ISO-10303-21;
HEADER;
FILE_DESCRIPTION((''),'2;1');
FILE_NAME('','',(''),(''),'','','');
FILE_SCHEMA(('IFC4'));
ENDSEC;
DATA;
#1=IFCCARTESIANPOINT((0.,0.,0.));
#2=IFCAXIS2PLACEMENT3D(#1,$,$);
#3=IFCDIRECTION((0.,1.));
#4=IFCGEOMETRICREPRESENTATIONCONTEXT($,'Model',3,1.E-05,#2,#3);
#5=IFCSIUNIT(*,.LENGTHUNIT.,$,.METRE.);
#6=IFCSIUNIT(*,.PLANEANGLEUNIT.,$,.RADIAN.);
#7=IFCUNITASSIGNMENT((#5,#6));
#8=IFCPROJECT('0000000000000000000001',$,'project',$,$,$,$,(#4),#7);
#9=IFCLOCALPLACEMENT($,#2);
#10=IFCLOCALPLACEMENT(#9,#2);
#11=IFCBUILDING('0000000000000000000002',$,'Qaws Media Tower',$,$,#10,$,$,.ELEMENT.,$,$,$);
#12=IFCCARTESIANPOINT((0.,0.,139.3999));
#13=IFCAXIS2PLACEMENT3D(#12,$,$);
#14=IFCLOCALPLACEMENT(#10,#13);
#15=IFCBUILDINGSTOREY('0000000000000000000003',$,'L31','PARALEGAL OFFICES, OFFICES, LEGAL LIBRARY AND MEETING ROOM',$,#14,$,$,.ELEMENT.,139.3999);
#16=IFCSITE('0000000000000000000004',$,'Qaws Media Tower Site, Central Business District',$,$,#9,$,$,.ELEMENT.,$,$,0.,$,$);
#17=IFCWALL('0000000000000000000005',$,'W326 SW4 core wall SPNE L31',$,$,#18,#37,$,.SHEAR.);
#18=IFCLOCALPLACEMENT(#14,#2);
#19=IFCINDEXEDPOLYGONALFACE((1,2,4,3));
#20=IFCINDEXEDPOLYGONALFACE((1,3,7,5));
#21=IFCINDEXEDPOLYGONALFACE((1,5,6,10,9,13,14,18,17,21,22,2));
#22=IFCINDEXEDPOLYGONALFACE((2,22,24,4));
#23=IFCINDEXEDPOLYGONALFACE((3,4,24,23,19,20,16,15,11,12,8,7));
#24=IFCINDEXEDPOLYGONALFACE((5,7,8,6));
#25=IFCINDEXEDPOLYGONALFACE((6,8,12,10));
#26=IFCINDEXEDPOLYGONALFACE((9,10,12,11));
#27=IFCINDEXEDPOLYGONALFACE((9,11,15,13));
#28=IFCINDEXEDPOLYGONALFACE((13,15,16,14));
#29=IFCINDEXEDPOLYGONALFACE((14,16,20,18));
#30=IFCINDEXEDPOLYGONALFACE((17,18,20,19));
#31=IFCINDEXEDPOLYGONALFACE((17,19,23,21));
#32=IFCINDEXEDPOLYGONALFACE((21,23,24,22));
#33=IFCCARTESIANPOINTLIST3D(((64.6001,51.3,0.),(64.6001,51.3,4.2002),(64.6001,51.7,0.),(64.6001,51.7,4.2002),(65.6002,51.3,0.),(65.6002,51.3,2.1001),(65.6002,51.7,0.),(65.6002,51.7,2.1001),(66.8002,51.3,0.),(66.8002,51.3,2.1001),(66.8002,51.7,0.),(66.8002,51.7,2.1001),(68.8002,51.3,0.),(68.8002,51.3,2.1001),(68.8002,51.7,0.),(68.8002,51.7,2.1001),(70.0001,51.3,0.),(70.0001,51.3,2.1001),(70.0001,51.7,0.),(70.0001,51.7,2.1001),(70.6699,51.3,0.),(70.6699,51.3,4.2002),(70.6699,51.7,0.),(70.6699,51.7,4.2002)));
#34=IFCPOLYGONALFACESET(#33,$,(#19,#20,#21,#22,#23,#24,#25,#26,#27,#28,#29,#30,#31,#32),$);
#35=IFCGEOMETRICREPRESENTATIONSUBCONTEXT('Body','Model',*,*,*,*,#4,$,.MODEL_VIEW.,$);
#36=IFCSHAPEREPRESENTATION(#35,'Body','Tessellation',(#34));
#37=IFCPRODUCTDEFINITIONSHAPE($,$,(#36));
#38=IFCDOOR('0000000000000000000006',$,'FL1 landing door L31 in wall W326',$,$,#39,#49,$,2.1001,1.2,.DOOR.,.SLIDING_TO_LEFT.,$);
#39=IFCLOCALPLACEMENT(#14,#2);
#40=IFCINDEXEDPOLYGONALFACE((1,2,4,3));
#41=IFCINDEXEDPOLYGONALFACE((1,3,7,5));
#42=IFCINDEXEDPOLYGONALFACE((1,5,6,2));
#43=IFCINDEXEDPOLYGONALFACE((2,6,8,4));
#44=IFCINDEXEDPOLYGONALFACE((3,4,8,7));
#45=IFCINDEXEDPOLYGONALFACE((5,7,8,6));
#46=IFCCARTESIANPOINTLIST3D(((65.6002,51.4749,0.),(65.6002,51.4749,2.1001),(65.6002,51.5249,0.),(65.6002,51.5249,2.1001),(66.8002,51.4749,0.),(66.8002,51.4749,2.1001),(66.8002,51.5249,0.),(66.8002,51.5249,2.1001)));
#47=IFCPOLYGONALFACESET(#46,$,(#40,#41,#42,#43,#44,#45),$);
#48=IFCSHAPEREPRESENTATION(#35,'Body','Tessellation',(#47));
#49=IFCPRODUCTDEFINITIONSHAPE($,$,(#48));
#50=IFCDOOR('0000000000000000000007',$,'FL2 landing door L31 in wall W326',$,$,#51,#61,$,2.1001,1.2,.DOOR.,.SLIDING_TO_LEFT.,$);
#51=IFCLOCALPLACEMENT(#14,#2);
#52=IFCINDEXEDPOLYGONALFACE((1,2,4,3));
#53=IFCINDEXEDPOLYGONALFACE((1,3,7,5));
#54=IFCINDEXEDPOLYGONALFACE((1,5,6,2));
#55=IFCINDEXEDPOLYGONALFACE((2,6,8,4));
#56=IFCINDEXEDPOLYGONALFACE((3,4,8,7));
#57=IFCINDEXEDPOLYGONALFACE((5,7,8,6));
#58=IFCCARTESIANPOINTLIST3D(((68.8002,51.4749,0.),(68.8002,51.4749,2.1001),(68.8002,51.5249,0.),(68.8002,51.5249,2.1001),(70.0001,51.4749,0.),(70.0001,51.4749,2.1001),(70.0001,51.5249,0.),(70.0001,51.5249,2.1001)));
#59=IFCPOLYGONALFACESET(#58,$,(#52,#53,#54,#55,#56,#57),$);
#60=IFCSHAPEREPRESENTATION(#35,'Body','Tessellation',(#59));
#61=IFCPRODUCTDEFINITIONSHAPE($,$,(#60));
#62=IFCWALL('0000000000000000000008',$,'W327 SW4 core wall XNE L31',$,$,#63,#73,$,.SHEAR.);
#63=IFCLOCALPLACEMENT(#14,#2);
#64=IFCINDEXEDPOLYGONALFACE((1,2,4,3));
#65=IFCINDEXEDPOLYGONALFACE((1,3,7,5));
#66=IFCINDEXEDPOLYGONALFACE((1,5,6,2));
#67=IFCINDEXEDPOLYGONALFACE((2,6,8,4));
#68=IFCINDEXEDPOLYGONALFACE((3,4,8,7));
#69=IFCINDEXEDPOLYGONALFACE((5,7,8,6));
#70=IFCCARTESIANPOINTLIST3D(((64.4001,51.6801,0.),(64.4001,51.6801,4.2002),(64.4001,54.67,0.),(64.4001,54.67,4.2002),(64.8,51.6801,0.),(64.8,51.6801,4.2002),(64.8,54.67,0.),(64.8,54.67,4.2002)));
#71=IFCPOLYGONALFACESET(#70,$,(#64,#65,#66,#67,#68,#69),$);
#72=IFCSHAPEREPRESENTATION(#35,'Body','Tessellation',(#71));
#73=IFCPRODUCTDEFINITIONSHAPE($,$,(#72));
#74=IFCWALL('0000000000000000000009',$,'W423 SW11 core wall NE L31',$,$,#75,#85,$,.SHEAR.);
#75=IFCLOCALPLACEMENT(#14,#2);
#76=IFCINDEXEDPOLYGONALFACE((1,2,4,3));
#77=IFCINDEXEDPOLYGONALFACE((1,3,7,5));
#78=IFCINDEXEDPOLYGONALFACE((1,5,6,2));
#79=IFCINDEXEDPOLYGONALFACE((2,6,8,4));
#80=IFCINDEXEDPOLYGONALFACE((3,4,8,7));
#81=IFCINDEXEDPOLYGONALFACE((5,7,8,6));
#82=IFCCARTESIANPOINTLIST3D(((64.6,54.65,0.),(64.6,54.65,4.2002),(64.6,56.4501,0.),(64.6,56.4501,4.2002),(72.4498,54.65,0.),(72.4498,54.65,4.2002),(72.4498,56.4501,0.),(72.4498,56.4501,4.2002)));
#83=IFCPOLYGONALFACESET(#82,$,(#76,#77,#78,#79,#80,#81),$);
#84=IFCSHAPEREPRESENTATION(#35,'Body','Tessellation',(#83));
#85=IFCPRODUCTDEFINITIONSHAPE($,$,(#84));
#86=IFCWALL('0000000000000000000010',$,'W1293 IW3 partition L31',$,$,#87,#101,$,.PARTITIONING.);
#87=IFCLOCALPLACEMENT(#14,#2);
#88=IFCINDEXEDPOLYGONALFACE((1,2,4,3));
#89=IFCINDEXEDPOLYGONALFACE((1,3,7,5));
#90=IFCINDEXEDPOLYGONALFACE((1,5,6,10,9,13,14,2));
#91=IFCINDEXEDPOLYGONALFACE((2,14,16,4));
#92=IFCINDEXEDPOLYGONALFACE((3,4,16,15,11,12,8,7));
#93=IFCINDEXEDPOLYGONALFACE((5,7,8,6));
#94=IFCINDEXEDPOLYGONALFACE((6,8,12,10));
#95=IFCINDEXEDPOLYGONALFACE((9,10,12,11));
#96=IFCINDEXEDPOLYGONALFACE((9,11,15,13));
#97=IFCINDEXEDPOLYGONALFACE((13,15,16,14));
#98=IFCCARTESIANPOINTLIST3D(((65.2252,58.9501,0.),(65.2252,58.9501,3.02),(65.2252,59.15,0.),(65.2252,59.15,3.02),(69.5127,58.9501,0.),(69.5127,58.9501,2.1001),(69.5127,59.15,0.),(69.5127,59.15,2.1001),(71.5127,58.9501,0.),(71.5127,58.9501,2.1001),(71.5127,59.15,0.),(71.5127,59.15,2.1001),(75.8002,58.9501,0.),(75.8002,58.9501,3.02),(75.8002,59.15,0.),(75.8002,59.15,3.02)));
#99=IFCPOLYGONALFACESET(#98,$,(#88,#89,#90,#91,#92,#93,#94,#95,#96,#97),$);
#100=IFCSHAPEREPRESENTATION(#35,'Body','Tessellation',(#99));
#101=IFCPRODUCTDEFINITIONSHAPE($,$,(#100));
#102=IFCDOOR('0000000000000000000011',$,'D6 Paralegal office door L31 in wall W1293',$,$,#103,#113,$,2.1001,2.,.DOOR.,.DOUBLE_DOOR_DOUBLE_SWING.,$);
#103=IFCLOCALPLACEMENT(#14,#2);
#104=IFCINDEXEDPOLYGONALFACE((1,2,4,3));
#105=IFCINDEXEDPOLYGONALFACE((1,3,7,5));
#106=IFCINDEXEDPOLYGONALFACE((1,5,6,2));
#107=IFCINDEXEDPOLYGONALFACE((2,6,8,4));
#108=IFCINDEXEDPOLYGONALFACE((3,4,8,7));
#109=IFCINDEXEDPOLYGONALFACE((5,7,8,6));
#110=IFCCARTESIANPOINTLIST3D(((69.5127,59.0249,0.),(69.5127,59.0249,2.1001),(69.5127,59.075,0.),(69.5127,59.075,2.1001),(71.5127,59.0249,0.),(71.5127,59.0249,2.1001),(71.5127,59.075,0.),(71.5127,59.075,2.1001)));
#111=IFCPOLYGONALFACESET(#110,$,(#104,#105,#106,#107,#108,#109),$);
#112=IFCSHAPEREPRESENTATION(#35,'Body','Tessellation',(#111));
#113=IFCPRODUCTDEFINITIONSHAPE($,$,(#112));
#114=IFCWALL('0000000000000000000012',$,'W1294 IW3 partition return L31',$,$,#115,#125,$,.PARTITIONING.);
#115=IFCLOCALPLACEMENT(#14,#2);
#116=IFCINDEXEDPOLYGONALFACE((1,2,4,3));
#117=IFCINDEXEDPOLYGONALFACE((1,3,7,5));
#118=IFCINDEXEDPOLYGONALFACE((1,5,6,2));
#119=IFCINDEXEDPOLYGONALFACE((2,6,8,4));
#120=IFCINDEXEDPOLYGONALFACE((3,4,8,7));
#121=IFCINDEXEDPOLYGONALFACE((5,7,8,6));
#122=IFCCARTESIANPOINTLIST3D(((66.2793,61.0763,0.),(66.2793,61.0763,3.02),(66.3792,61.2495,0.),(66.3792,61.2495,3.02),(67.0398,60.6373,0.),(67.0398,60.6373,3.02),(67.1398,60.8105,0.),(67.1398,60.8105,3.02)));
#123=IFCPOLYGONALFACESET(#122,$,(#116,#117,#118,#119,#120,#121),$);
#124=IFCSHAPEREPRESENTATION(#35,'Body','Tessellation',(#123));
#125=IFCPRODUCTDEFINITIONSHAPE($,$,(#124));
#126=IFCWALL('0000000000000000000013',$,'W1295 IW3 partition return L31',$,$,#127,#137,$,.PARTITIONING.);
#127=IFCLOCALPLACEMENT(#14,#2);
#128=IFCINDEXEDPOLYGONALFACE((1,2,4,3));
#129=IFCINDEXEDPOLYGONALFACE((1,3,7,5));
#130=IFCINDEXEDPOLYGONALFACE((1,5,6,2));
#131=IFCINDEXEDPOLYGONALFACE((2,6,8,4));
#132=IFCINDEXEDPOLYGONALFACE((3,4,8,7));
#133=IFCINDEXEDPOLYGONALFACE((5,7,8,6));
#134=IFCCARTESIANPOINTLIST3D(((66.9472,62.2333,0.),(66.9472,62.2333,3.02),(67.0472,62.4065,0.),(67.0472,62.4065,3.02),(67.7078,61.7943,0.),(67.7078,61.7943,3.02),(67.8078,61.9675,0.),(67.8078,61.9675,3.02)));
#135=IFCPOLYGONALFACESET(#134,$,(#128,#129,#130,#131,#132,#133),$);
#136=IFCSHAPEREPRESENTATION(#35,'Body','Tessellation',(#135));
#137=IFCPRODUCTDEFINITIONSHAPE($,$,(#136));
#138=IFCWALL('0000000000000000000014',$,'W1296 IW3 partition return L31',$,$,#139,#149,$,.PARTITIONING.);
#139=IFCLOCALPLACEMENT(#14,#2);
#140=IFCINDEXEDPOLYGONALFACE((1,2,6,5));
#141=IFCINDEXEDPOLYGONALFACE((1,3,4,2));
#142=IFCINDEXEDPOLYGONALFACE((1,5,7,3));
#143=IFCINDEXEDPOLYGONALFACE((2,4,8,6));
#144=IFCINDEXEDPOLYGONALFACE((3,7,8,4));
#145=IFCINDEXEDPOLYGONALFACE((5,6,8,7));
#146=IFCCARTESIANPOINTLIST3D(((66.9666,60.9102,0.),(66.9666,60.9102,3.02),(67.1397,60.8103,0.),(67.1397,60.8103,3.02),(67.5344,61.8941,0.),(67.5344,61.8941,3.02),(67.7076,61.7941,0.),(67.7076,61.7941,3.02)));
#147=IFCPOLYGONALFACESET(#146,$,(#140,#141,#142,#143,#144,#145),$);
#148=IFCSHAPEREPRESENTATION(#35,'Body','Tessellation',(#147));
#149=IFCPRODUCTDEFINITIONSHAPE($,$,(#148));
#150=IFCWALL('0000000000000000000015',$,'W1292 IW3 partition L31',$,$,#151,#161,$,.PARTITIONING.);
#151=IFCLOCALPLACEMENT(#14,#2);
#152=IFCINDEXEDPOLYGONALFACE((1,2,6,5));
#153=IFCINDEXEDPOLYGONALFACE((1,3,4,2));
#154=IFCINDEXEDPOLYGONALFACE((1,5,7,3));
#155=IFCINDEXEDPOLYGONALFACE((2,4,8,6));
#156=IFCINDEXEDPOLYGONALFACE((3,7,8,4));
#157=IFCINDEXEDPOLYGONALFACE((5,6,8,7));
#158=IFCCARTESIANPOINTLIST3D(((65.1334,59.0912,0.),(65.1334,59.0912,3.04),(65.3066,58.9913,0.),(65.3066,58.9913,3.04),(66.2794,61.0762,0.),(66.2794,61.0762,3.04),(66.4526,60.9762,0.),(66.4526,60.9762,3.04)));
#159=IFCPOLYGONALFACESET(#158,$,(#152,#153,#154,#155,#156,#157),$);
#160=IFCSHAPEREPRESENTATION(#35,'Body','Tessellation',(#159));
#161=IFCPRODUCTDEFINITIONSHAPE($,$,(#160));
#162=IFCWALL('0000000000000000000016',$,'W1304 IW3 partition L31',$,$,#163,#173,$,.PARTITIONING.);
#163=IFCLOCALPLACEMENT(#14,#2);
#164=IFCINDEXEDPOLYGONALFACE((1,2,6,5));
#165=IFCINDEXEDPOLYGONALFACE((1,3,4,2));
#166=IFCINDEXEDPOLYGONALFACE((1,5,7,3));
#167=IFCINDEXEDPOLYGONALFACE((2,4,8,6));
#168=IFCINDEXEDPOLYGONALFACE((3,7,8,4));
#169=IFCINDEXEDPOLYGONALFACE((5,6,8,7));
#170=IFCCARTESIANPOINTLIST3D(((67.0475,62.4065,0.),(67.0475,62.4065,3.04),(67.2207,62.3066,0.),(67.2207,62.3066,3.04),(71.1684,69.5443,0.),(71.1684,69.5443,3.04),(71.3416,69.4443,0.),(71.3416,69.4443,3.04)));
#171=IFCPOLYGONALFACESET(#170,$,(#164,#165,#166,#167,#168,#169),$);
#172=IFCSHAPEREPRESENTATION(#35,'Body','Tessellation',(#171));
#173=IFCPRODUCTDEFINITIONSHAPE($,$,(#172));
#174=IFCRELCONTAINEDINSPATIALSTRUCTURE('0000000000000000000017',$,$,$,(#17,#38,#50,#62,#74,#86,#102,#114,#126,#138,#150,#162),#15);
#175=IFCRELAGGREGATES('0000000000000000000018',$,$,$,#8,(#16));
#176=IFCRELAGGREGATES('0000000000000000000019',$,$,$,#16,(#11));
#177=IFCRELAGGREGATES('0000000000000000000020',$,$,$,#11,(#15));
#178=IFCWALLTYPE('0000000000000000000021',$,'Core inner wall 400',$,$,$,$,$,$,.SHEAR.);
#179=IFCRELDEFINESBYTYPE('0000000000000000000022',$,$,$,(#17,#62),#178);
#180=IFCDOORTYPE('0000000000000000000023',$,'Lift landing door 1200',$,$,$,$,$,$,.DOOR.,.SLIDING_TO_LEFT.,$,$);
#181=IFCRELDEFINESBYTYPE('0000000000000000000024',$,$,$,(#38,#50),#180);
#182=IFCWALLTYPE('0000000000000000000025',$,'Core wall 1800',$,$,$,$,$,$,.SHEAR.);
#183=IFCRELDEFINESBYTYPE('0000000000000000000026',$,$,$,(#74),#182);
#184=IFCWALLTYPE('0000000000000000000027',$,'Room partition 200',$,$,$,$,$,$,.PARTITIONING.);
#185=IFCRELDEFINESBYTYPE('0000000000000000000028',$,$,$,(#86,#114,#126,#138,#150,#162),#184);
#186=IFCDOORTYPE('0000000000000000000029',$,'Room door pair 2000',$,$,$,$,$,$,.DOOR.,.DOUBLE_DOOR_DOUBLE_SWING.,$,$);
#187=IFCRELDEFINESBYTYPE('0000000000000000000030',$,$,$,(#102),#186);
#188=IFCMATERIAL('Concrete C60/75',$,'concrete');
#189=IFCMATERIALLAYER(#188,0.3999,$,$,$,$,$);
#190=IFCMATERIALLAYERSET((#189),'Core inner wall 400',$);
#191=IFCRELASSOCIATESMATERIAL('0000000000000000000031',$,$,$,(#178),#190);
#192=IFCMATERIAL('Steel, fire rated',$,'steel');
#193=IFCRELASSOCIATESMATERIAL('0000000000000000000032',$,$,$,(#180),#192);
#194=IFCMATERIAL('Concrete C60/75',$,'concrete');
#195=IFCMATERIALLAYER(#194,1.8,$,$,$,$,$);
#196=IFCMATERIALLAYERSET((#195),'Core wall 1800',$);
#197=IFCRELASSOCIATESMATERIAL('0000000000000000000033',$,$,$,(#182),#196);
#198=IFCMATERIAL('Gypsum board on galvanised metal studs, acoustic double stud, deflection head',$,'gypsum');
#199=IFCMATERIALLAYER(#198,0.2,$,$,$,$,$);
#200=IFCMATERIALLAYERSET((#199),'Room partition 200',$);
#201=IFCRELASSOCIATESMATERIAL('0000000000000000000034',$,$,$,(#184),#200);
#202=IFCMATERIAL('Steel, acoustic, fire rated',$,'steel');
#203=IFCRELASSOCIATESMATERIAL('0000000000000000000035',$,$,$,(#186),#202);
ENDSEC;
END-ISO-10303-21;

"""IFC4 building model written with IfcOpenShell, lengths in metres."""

from ifc_helpers import new_model, si_unit, direction, frame, frame_2d, origin, place, context, subcontext, project, spatial, rectangle, extrude, material, layer, layer_set, type_object, element, fill, save


model = new_model("IFC4")

# Units and contexts
model_context = context("Model", 3, precision=1e-05, world=origin(), true_north=direction((0.0, 1.0)))
body_context = subcontext(model_context, "Body", "Model", "MODEL_VIEW")
ifc_project = project(units=[si_unit("LENGTHUNIT", "METRE"), si_unit("PLANEANGLEUNIT", "RADIAN")], contexts=[model_context])

# Site, building, storey
site_placement = place(None, origin())
site = spatial("IfcSite", under=ifc_project, at=site_placement, Name="Qaws Media Tower Site, Central Business District", CompositionType="ELEMENT", RefElevation=0.0)
building_placement = place(site_placement, origin())
building = spatial("IfcBuilding", under=site, at=building_placement, Name="Qaws Media Tower", CompositionType="ELEMENT")
storey_placement = place(building_placement, frame((0.0, 0.0, 139.3999)))
storey = spatial("IfcBuildingStorey", under=building, at=storey_placement, Name="L31", Description="PARALEGAL OFFICES, OFFICES, LEGAL LIBRARY AND MEETING ROOM", CompositionType="ELEMENT", Elevation=139.3999)

# Wall, openings, doors
ifc_material_1 = material(Name="Concrete C60/75", Category="concrete")
ifc_layer_1 = layer(ifc_material_1, 0.3999)
ifc_layer_set_1 = layer_set([ifc_layer_1], Name="Core inner wall 400")
wall_type_1 = type_object("IfcWallType", Name="Core inner wall 400", PredefinedType="SHEAR", material=ifc_layer_set_1)
wall_1_placement = place(storey_placement, frame((64.6001, 51.5, 0.0), z_axis=(0.0, 0.0, 1.0), x_axis=(1.0, 0.0, 0.0)))
wall_1 = element("IfcWall", 1, at=wall_1_placement, inside=storey, type_object=wall_type_1, Name="W326 SW4 core wall SPNE L31", PredefinedType="SHEAR", context=body_context, shape_type="SweptSolid", body=[
    extrude(rectangle(XDim=6.0698, YDim=0.3999, at=frame_2d((3.0349, 0.0))), origin(), (0.0, 0.0, 1.0), 4.2002),
])
opening_1_placement = place(wall_1_placement, frame((1.0, 0.0, 0.0)))
opening_1 = element("IfcOpeningElement", 2, at=opening_1_placement, cuts=wall_1, PredefinedType="OPENING", context=body_context, shape_type="SweptSolid", body=[
    extrude(rectangle(XDim=1.2, YDim=2.1001, at=frame_2d((0.6001, 1.05))), frame((0.0, 0.21, 0.0), z_axis=(0.0, -1.0, 0.0), x_axis=(1.0, 0.0, 0.0)), (0.0, 0.0, 1.0), 0.4199),
])
opening_2_placement = place(wall_1_placement, frame((4.2, 0.0, 0.0)))
opening_2 = element("IfcOpeningElement", 3, at=opening_2_placement, cuts=wall_1, PredefinedType="OPENING", context=body_context, shape_type="SweptSolid", body=[
    extrude(rectangle(XDim=1.2, YDim=2.1001, at=frame_2d((0.6001, 1.05))), frame((0.0, 0.21, 0.0), z_axis=(0.0, -1.0, 0.0), x_axis=(1.0, 0.0, 0.0)), (0.0, 0.0, 1.0), 0.4199),
])
ifc_material_2 = material(Name="Steel, fire rated", Category="steel")
door_type_1 = type_object("IfcDoorType", Name="Lift landing door 1200", OperationType="SLIDING_TO_LEFT", PredefinedType="DOOR", material=ifc_material_2)
door_1_placement = place(opening_1_placement, origin())
door_1 = element("IfcDoor", 4, at=door_1_placement, inside=storey, type_object=door_type_1, Name="FL1 landing door L31 in wall W326", OperationType="SLIDING_TO_LEFT", OverallHeight=2.1001, OverallWidth=1.2, PredefinedType="DOOR", context=body_context, shape_type="SweptSolid", body=[
    extrude(rectangle(XDim=1.2, YDim=2.1001, at=frame_2d((0.6001, 1.05))), frame((0.0, 0.0249, 0.0), z_axis=(0.0, -1.0, 0.0), x_axis=(1.0, 0.0, 0.0)), (0.0, 0.0, 1.0), 0.05),
])
fill(opening_1, door_1)
door_2_placement = place(opening_2_placement, origin())
door_2 = element("IfcDoor", 5, at=door_2_placement, inside=storey, type_object=door_type_1, Name="FL2 landing door L31 in wall W326", OperationType="SLIDING_TO_LEFT", OverallHeight=2.1001, OverallWidth=1.2, PredefinedType="DOOR", context=body_context, shape_type="SweptSolid", body=[
    extrude(rectangle(XDim=1.2, YDim=2.1001, at=frame_2d((0.6001, 1.05))), frame((0.0, 0.0249, 0.0), z_axis=(0.0, -1.0, 0.0), x_axis=(1.0, 0.0, 0.0)), (0.0, 0.0, 1.0), 0.05),
])
fill(opening_2, door_2)

# Walls
wall_2_placement = place(storey_placement, frame((64.6001, 51.6799, 0.0), z_axis=(0.0, 0.0, 1.0), x_axis=(0.0, 1.0, 0.0)))
element("IfcWall", 6, at=wall_2_placement, inside=storey, type_object=wall_type_1, Name="W327 SW4 core wall XNE L31", PredefinedType="SHEAR", context=body_context, shape_type="SweptSolid", body=[
    extrude(rectangle(XDim=2.99, YDim=0.3999, at=frame_2d((1.4951, 0.0))), origin(), (0.0, 0.0, 1.0), 4.2002),
])
ifc_material_3 = material(Name="Concrete C60/75", Category="concrete")
ifc_layer_2 = layer(ifc_material_3, 1.8)
ifc_layer_set_2 = layer_set([ifc_layer_2], Name="Core wall 1800")
wall_type_2 = type_object("IfcWallType", Name="Core wall 1800", PredefinedType="SHEAR", material=ifc_layer_set_2)
wall_3_placement = place(storey_placement, frame((64.6001, 55.55, 0.0), z_axis=(0.0, 0.0, 1.0), x_axis=(1.0, 0.0, 0.0)))
element("IfcWall", 7, at=wall_3_placement, inside=storey, type_object=wall_type_2, Name="W423 SW11 core wall NE L31", PredefinedType="SHEAR", context=body_context, shape_type="SweptSolid", body=[
    extrude(rectangle(XDim=7.8499, YDim=1.8, at=frame_2d((3.9248, 0.0))), origin(), (0.0, 0.0, 1.0), 4.2002),
])

# Wall, opening, door
ifc_material_4 = material(Name="Gypsum board on galvanised metal studs, acoustic double stud, deflection head", Category="gypsum")
ifc_layer_3 = layer(ifc_material_4, 0.2)
ifc_layer_set_3 = layer_set([ifc_layer_3], Name="Room partition 200")
wall_type_3 = type_object("IfcWallType", Name="Room partition 200", PredefinedType="PARTITIONING", material=ifc_layer_set_3)
wall_4_placement = place(storey_placement, frame((65.2251, 59.05, 0.0), z_axis=(0.0, 0.0, 1.0), x_axis=(1.0, 0.0, 0.0)))
wall_4 = element("IfcWall", 8, at=wall_4_placement, inside=storey, type_object=wall_type_3, Name="W1293 IW3 partition L31", PredefinedType="PARTITIONING", context=body_context, shape_type="SweptSolid", body=[
    extrude(rectangle(XDim=10.575, YDim=0.2, at=frame_2d((5.2876, 0.0))), origin(), (0.0, 0.0, 1.0), 3.02),
])
opening_3_placement = place(wall_4_placement, frame((4.2876, 0.0, 0.0)))
opening_3 = element("IfcOpeningElement", 9, at=opening_3_placement, cuts=wall_4, PredefinedType="OPENING", context=body_context, shape_type="SweptSolid", body=[
    extrude(rectangle(XDim=2.0, YDim=2.1001, at=frame_2d((1.0, 1.05))), frame((0.0, 0.1099, 0.0), z_axis=(0.0, -1.0, 0.0), x_axis=(1.0, 0.0, 0.0)), (0.0, 0.0, 1.0), 0.22),
])
ifc_material_5 = material(Name="Steel, acoustic, fire rated", Category="steel")
door_type_2 = type_object("IfcDoorType", Name="Room door pair 2000", OperationType="DOUBLE_DOOR_DOUBLE_SWING", PredefinedType="DOOR", material=ifc_material_5)
door_3_placement = place(opening_3_placement, origin())
door_3 = element("IfcDoor", 10, at=door_3_placement, inside=storey, type_object=door_type_2, Name="D6 Paralegal office door L31 in wall W1293", OperationType="DOUBLE_DOOR_DOUBLE_SWING", OverallHeight=2.1001, OverallWidth=2.0, PredefinedType="DOOR", context=body_context, shape_type="SweptSolid", body=[
    extrude(rectangle(XDim=2.0, YDim=2.1001, at=frame_2d((1.0, 1.05))), frame((0.0, 0.0249, 0.0), z_axis=(0.0, -1.0, 0.0), x_axis=(1.0, 0.0, 0.0)), (0.0, 0.0, 1.0), 0.05),
])
fill(opening_3, door_3)

# Walls
for number, where, z_axis, x_axis, name in (
    (11, (66.3293, 61.1628, 0.0), (0.0, 0.0, 1.0), (0.866079, -0.499907, 0.0), "W1294 IW3 partition return L31"),
    (12, (66.9973, 62.3198, 0.0), (0.0, 0.0, 1.0), (0.866079, -0.499907, 0.0), "W1295 IW3 partition return L31"),
):
    element("IfcWall", number, at=place(storey_placement, frame(where, z_axis=z_axis, x_axis=x_axis)), inside=storey, type_object=wall_type_3, Name=name, PredefinedType="PARTITIONING", context=body_context, shape_type="SweptSolid", body=[
        extrude(rectangle(XDim=0.8782, YDim=0.2, at=frame_2d((0.439, 0.0))), origin(), (0.0, 0.0, 1.0), 3.02),
    ])
wall_5_placement = place(storey_placement, frame((67.0532, 60.8604, 0.0), z_axis=(0.0, 0.0, 1.0), x_axis=(0.499884, 0.866093, 0.0)))
element("IfcWall", 13, at=wall_5_placement, inside=storey, type_object=wall_type_3, Name="W1296 IW3 partition return L31", PredefinedType="PARTITIONING", context=body_context, shape_type="SweptSolid", body=[
    extrude(rectangle(XDim=1.136, YDim=0.2, at=frame_2d((0.5679, 0.0))), origin(), (0.0, 0.0, 1.0), 3.02),
])
wall_6_placement = place(storey_placement, frame((65.22, 59.0413, 0.0), z_axis=(0.0, 0.0, 1.0), x_axis=(0.500011, 0.866019, 0.0)))
element("IfcWall", 14, at=wall_6_placement, inside=storey, type_object=wall_type_3, Name="W1292 IW3 partition L31", PredefinedType="PARTITIONING", context=body_context, shape_type="SweptSolid", body=[
    extrude(rectangle(XDim=2.292, YDim=0.2, at=frame_2d((1.146, 0.0))), origin(), (0.0, 0.0, 1.0), 3.04),
])
wall_7_placement = place(storey_placement, frame((67.134, 62.3564, 0.0), z_axis=(0.0, 0.0, 1.0), x_axis=(0.499991, 0.866031, 0.0)))
element("IfcWall", 15, at=wall_7_placement, inside=storey, type_object=wall_type_3, Name="W1304 IW3 partition L31", PredefinedType="PARTITIONING", context=body_context, shape_type="SweptSolid", body=[
    extrude(rectangle(XDim=8.2419, YDim=0.2, at=frame_2d((4.1211, 0.0))), origin(), (0.0, 0.0, 1.0), 3.04),
])

save(model, "model.ifc")
